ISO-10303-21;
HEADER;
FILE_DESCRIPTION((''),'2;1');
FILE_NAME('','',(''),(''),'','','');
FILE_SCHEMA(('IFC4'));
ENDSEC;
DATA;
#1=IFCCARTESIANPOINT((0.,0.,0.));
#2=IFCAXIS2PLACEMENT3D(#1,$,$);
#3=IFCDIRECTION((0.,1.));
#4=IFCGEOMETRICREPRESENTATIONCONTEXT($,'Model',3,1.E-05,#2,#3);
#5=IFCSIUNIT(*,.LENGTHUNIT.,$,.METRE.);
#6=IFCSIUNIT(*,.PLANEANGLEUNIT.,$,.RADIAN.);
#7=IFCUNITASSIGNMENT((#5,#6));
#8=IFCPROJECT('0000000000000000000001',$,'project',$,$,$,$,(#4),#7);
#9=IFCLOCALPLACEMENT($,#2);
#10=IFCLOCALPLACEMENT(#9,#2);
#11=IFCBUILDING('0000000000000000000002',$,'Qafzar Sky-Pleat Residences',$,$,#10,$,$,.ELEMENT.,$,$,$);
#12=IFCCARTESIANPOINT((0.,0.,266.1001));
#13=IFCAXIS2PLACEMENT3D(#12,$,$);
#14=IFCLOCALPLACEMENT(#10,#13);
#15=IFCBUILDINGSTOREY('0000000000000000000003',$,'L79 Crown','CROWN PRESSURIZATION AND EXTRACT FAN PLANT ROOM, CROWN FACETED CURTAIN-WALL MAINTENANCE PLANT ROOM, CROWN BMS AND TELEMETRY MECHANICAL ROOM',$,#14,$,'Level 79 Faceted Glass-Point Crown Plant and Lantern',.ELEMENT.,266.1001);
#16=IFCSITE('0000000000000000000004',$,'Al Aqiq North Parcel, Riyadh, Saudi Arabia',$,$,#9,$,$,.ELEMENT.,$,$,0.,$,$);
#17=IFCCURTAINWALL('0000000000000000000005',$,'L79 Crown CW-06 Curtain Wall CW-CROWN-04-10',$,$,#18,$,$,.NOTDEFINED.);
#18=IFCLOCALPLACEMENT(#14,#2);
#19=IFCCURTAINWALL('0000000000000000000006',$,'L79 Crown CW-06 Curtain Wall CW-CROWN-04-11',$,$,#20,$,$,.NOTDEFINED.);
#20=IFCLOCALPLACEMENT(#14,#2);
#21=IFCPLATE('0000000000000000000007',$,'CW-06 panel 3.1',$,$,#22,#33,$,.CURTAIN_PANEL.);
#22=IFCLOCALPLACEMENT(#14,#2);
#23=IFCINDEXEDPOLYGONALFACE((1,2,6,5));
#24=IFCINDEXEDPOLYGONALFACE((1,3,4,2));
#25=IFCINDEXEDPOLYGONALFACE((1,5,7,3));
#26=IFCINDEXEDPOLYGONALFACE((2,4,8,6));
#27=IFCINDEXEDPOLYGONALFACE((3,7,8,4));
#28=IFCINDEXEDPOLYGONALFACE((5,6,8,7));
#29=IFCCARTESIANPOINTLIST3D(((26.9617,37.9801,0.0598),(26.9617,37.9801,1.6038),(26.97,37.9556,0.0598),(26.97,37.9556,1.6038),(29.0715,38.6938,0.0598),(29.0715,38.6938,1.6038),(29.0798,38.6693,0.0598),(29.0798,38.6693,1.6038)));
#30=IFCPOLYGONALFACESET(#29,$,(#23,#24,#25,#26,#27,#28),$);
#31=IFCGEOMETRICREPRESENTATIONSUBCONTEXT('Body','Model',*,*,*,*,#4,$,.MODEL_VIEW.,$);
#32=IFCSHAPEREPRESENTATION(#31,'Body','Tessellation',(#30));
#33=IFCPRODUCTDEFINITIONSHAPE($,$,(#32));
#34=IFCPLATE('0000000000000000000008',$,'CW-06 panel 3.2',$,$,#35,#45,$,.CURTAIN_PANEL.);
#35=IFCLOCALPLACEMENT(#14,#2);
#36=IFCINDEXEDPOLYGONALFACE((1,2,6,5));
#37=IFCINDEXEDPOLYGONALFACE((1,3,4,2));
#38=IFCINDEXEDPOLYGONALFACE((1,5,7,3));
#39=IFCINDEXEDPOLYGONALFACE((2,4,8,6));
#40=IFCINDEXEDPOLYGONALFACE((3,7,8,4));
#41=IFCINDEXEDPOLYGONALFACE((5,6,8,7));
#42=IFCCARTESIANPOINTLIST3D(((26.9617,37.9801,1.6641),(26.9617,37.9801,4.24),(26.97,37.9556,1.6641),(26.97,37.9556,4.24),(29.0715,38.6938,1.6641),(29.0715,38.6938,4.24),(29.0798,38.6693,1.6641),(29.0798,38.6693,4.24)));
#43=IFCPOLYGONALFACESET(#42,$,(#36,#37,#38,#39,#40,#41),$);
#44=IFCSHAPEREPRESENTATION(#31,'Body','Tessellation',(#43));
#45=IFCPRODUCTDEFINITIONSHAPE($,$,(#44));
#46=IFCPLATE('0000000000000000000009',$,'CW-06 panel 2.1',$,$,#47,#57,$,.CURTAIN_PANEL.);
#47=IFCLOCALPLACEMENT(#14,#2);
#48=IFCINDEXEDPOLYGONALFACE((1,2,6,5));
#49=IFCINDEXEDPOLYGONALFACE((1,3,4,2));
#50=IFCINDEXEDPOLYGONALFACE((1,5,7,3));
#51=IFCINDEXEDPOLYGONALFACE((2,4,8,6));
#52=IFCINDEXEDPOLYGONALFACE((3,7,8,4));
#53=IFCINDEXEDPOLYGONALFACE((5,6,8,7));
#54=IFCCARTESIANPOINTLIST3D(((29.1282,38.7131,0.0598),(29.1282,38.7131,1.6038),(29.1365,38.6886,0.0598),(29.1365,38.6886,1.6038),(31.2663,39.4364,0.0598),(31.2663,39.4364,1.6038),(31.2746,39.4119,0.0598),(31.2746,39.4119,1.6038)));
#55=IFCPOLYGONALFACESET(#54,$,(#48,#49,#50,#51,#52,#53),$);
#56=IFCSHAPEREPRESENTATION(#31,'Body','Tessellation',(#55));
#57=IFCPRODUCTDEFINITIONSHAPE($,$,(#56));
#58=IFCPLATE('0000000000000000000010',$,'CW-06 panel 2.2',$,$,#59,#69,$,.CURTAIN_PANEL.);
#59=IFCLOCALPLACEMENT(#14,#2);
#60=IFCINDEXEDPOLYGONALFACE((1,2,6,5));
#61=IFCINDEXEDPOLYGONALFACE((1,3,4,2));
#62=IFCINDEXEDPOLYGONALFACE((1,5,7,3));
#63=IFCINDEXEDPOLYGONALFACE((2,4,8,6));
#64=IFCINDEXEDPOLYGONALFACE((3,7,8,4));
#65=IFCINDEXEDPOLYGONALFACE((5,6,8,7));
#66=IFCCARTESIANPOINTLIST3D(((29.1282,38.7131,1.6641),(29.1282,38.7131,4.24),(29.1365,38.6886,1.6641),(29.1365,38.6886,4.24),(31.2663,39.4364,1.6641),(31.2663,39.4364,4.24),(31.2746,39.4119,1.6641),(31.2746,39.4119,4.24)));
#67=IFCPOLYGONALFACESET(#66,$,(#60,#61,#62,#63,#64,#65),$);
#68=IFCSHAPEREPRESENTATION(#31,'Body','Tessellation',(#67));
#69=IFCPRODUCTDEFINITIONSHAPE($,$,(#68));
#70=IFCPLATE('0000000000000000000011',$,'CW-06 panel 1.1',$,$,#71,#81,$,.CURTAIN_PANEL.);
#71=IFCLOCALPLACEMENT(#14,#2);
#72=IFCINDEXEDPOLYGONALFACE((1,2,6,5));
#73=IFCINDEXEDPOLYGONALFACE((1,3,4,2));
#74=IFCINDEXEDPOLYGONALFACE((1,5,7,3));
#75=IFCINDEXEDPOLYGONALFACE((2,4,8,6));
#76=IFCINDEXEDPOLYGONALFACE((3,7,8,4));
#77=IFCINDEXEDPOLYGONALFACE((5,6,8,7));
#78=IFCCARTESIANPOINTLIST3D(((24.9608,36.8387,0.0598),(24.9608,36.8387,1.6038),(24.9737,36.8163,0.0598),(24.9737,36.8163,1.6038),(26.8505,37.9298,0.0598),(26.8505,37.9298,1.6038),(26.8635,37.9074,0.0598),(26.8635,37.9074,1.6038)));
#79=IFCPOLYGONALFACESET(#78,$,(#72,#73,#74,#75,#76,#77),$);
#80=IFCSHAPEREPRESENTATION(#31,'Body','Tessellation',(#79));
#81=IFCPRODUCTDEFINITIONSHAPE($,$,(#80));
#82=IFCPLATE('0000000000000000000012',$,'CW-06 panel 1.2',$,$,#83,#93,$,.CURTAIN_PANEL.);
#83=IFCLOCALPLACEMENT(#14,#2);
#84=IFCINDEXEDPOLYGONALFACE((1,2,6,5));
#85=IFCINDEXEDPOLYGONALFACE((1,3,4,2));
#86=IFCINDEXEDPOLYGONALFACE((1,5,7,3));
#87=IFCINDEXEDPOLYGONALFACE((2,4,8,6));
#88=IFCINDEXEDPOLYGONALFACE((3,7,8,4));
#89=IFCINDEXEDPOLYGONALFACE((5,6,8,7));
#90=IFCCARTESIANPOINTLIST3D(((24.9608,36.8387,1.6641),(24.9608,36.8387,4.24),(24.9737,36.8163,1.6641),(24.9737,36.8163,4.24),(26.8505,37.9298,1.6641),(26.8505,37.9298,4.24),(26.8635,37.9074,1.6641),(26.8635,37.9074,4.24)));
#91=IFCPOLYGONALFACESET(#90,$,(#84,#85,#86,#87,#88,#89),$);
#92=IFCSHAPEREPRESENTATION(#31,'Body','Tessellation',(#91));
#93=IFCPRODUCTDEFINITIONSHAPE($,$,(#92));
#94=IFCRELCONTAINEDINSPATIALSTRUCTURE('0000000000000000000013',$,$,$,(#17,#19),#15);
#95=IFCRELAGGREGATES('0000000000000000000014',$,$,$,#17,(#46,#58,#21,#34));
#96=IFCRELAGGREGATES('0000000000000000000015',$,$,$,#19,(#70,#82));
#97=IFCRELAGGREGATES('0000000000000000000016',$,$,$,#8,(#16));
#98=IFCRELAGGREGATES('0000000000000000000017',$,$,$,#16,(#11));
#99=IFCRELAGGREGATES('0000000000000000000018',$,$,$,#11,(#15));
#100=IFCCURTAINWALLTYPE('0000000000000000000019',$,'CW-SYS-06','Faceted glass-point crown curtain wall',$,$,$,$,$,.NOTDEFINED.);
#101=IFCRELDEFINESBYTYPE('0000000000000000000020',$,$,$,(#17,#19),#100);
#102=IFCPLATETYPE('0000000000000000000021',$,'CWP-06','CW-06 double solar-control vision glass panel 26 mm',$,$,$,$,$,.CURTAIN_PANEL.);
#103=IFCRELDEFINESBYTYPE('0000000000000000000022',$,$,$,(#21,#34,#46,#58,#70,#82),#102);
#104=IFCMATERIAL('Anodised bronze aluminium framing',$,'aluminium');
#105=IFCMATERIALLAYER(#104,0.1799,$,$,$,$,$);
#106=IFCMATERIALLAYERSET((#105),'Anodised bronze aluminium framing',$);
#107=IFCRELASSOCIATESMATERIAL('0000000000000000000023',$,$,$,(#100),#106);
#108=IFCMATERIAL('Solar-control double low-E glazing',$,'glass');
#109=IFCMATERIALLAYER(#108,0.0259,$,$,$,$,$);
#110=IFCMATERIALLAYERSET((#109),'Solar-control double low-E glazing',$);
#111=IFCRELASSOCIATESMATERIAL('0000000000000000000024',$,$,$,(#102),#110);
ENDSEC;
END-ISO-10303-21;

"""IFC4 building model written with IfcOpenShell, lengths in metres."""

from ifc_helpers import new_model, si_unit, direction, frame, origin, origin_2d, place, context, subcontext, project, spatial, rectangle, extrude, source, transform, mapped, material, layer, layer_set, type_object, element, aggregate, save


model = new_model("IFC4")

# Units and contexts
model_context = context("Model", 3, precision=1e-05, world=origin(), true_north=direction((0.0, 1.0)))
body_context = subcontext(model_context, "Body", "Model", "MODEL_VIEW")
ifc_project = project(units=[si_unit("LENGTHUNIT", "METRE"), si_unit("PLANEANGLEUNIT", "RADIAN")], contexts=[model_context])

# Site, building, storey
site_placement = place(None, origin())
site = spatial("IfcSite", under=ifc_project, at=site_placement, Name="Al Aqiq North Parcel, Riyadh, Saudi Arabia", CompositionType="ELEMENT", RefElevation=0.0)
building_placement = place(site_placement, origin())
building = spatial("IfcBuilding", under=site, at=building_placement, Name="Qafzar Sky-Pleat Residences", CompositionType="ELEMENT")
storey_placement = place(building_placement, frame((0.0, 0.0, 266.1001)))
storey = spatial("IfcBuildingStorey", under=building, at=storey_placement, Name="L79 Crown", Description="CROWN PRESSURIZATION AND EXTRACT FAN PLANT ROOM, CROWN FACETED CURTAIN-WALL MAINTENANCE PLANT ROOM, CROWN BMS AND TELEMETRY MECHANICAL ROOM", LongName="Level 79 Faceted Glass-Point Crown Plant and Lantern", CompositionType="ELEMENT", Elevation=266.1001)

# Curtain walls
ifc_material_1 = material(Name="Anodised bronze aluminium framing", Category="aluminium")
ifc_layer_1 = layer(ifc_material_1, 0.1799)
ifc_layer_set_1 = layer_set([ifc_layer_1], Name="Anodised bronze aluminium framing")
curtain_wall_type = type_object("IfcCurtainWallType", Name="CW-SYS-06", Description="Faceted glass-point crown curtain wall", PredefinedType="NOTDEFINED", material=ifc_layer_set_1)
curtain_wall_1_placement = place(storey_placement, origin())
curtain_wall_1 = element("IfcCurtainWall", 1, at=curtain_wall_1_placement, inside=storey, type_object=curtain_wall_type, Name="L79 Crown CW-06 Curtain Wall CW-CROWN-04-10", PredefinedType="NOTDEFINED")
curtain_wall_2_placement = place(storey_placement, origin())
curtain_wall_2 = element("IfcCurtainWall", 2, at=curtain_wall_2_placement, inside=storey, type_object=curtain_wall_type, Name="L79 Crown CW-06 Curtain Wall CW-CROWN-04-11", PredefinedType="NOTDEFINED")

# Plates
ifc_material_2 = material(Name="Solar-control double low-E glazing", Category="glass")
ifc_layer_2 = layer(ifc_material_2, 0.0259)
ifc_layer_set_2 = layer_set([ifc_layer_2], Name="Solar-control double low-E glazing")
plate_type = type_object("IfcPlateType", Name="CWP-06", Description="CW-06 double solar-control vision glass panel 26 mm", PredefinedType="CURTAIN_PANEL", material=ifc_layer_set_2)
shared_shape_1 = source(origin(), body_context, "Body", "SweptSolid", [
    extrude(rectangle(XDim=2.2273, YDim=0.0259, at=origin_2d()), origin(), (0.0, 0.0, 1.0), 1.5439),
])
plate_1_placement = place(storey_placement, frame((28.0208, 38.3247, 0.0598), z_axis=(0.0, 0.0, 1.0), x_axis=(-0.947267, -0.320445, 0.0)))
plate_1 = element("IfcPlate", 3, at=plate_1_placement, type_object=plate_type, Name="CW-06 panel 3.1", PredefinedType="CURTAIN_PANEL", context=body_context, shape_type="MappedRepresentation", body=[
    mapped(shared_shape_1, transform((0.0, 0.0, 0.0), x_axis=(1.0, 0.0, 0.0), y_axis=(0.0, 1.0, 0.0), z_axis=(0.0, 0.0, 1.0), scale=1.0)),
])
shared_shape_2 = source(origin(), body_context, "Body", "SweptSolid", [
    extrude(rectangle(XDim=2.2273, YDim=0.0259, at=origin_2d()), origin(), (0.0, 0.0, 1.0), 2.5759),
])
plate_2_placement = place(storey_placement, frame((28.0208, 38.3247, 1.6641), z_axis=(0.0, 0.0, 1.0), x_axis=(-0.947267, -0.320445, 0.0)))
plate_2 = element("IfcPlate", 4, at=plate_2_placement, type_object=plate_type, Name="CW-06 panel 3.2", PredefinedType="CURTAIN_PANEL", context=body_context, shape_type="MappedRepresentation", body=[
    mapped(shared_shape_2, transform((0.0, 0.0, 0.0), x_axis=(1.0, 0.0, 0.0), y_axis=(0.0, 1.0, 0.0), z_axis=(0.0, 0.0, 1.0), scale=1.0)),
])
shared_shape_3 = source(origin(), body_context, "Body", "SweptSolid", [
    extrude(rectangle(XDim=2.2571, YDim=0.0259, at=origin_2d()), origin(), (0.0, 0.0, 1.0), 1.5439),
])
plate_3_placement = place(storey_placement, frame((30.2014, 39.0625, 0.0598), z_axis=(0.0, 0.0, 1.0), x_axis=(-0.947267, -0.320445, 0.0)))
plate_3 = element("IfcPlate", 5, at=plate_3_placement, type_object=plate_type, Name="CW-06 panel 2.1", PredefinedType="CURTAIN_PANEL", context=body_context, shape_type="MappedRepresentation", body=[
    mapped(shared_shape_3, transform((0.0, 0.0, 0.0), x_axis=(1.0, 0.0, 0.0), y_axis=(0.0, 1.0, 0.0), z_axis=(0.0, 0.0, 1.0), scale=1.0)),
])
shared_shape_4 = source(origin(), body_context, "Body", "SweptSolid", [
    extrude(rectangle(XDim=2.2571, YDim=0.0259, at=origin_2d()), origin(), (0.0, 0.0, 1.0), 2.5759),
])
plate_4_placement = place(storey_placement, frame((30.2014, 39.0625, 1.6641), z_axis=(0.0, 0.0, 1.0), x_axis=(-0.947267, -0.320445, 0.0)))
plate_4 = element("IfcPlate", 6, at=plate_4_placement, type_object=plate_type, Name="CW-06 panel 2.2", PredefinedType="CURTAIN_PANEL", context=body_context, shape_type="MappedRepresentation", body=[
    mapped(shared_shape_4, transform((0.0, 0.0, 0.0), x_axis=(1.0, 0.0, 0.0), y_axis=(0.0, 1.0, 0.0), z_axis=(0.0, 0.0, 1.0), scale=1.0)),
])
aggregate(curtain_wall_1, [plate_3, plate_4, plate_1, plate_2])
shared_shape_5 = source(origin(), body_context, "Body", "SweptSolid", [
    extrude(rectangle(XDim=2.1821, YDim=0.0259, at=origin_2d()), origin(), (0.0, 0.0, 1.0), 1.5439),
])
plate_5_placement = place(storey_placement, frame((25.9121, 37.373, 0.0598), z_axis=(0.0, 0.0, 1.0), x_axis=(-0.866024, -0.500003, 0.0)))
plate_5 = element("IfcPlate", 7, at=plate_5_placement, type_object=plate_type, Name="CW-06 panel 1.1", PredefinedType="CURTAIN_PANEL", context=body_context, shape_type="MappedRepresentation", body=[
    mapped(shared_shape_5, transform((0.0, 0.0, 0.0), x_axis=(1.0, 0.0, 0.0), y_axis=(0.0, 1.0, 0.0), z_axis=(0.0, 0.0, 1.0), scale=1.0)),
])
shared_shape_6 = source(origin(), body_context, "Body", "SweptSolid", [
    extrude(rectangle(XDim=2.1821, YDim=0.0259, at=origin_2d()), origin(), (0.0, 0.0, 1.0), 2.5759),
])
plate_6_placement = place(storey_placement, frame((25.9121, 37.373, 1.6641), z_axis=(0.0, 0.0, 1.0), x_axis=(-0.866024, -0.500003, 0.0)))
plate_6 = element("IfcPlate", 8, at=plate_6_placement, type_object=plate_type, Name="CW-06 panel 1.2", PredefinedType="CURTAIN_PANEL", context=body_context, shape_type="MappedRepresentation", body=[
    mapped(shared_shape_6, transform((0.0, 0.0, 0.0), x_axis=(1.0, 0.0, 0.0), y_axis=(0.0, 1.0, 0.0), z_axis=(0.0, 0.0, 1.0), scale=1.0)),
])
aggregate(curtain_wall_2, [plate_5, plate_6])

save(model, "model.ifc")
